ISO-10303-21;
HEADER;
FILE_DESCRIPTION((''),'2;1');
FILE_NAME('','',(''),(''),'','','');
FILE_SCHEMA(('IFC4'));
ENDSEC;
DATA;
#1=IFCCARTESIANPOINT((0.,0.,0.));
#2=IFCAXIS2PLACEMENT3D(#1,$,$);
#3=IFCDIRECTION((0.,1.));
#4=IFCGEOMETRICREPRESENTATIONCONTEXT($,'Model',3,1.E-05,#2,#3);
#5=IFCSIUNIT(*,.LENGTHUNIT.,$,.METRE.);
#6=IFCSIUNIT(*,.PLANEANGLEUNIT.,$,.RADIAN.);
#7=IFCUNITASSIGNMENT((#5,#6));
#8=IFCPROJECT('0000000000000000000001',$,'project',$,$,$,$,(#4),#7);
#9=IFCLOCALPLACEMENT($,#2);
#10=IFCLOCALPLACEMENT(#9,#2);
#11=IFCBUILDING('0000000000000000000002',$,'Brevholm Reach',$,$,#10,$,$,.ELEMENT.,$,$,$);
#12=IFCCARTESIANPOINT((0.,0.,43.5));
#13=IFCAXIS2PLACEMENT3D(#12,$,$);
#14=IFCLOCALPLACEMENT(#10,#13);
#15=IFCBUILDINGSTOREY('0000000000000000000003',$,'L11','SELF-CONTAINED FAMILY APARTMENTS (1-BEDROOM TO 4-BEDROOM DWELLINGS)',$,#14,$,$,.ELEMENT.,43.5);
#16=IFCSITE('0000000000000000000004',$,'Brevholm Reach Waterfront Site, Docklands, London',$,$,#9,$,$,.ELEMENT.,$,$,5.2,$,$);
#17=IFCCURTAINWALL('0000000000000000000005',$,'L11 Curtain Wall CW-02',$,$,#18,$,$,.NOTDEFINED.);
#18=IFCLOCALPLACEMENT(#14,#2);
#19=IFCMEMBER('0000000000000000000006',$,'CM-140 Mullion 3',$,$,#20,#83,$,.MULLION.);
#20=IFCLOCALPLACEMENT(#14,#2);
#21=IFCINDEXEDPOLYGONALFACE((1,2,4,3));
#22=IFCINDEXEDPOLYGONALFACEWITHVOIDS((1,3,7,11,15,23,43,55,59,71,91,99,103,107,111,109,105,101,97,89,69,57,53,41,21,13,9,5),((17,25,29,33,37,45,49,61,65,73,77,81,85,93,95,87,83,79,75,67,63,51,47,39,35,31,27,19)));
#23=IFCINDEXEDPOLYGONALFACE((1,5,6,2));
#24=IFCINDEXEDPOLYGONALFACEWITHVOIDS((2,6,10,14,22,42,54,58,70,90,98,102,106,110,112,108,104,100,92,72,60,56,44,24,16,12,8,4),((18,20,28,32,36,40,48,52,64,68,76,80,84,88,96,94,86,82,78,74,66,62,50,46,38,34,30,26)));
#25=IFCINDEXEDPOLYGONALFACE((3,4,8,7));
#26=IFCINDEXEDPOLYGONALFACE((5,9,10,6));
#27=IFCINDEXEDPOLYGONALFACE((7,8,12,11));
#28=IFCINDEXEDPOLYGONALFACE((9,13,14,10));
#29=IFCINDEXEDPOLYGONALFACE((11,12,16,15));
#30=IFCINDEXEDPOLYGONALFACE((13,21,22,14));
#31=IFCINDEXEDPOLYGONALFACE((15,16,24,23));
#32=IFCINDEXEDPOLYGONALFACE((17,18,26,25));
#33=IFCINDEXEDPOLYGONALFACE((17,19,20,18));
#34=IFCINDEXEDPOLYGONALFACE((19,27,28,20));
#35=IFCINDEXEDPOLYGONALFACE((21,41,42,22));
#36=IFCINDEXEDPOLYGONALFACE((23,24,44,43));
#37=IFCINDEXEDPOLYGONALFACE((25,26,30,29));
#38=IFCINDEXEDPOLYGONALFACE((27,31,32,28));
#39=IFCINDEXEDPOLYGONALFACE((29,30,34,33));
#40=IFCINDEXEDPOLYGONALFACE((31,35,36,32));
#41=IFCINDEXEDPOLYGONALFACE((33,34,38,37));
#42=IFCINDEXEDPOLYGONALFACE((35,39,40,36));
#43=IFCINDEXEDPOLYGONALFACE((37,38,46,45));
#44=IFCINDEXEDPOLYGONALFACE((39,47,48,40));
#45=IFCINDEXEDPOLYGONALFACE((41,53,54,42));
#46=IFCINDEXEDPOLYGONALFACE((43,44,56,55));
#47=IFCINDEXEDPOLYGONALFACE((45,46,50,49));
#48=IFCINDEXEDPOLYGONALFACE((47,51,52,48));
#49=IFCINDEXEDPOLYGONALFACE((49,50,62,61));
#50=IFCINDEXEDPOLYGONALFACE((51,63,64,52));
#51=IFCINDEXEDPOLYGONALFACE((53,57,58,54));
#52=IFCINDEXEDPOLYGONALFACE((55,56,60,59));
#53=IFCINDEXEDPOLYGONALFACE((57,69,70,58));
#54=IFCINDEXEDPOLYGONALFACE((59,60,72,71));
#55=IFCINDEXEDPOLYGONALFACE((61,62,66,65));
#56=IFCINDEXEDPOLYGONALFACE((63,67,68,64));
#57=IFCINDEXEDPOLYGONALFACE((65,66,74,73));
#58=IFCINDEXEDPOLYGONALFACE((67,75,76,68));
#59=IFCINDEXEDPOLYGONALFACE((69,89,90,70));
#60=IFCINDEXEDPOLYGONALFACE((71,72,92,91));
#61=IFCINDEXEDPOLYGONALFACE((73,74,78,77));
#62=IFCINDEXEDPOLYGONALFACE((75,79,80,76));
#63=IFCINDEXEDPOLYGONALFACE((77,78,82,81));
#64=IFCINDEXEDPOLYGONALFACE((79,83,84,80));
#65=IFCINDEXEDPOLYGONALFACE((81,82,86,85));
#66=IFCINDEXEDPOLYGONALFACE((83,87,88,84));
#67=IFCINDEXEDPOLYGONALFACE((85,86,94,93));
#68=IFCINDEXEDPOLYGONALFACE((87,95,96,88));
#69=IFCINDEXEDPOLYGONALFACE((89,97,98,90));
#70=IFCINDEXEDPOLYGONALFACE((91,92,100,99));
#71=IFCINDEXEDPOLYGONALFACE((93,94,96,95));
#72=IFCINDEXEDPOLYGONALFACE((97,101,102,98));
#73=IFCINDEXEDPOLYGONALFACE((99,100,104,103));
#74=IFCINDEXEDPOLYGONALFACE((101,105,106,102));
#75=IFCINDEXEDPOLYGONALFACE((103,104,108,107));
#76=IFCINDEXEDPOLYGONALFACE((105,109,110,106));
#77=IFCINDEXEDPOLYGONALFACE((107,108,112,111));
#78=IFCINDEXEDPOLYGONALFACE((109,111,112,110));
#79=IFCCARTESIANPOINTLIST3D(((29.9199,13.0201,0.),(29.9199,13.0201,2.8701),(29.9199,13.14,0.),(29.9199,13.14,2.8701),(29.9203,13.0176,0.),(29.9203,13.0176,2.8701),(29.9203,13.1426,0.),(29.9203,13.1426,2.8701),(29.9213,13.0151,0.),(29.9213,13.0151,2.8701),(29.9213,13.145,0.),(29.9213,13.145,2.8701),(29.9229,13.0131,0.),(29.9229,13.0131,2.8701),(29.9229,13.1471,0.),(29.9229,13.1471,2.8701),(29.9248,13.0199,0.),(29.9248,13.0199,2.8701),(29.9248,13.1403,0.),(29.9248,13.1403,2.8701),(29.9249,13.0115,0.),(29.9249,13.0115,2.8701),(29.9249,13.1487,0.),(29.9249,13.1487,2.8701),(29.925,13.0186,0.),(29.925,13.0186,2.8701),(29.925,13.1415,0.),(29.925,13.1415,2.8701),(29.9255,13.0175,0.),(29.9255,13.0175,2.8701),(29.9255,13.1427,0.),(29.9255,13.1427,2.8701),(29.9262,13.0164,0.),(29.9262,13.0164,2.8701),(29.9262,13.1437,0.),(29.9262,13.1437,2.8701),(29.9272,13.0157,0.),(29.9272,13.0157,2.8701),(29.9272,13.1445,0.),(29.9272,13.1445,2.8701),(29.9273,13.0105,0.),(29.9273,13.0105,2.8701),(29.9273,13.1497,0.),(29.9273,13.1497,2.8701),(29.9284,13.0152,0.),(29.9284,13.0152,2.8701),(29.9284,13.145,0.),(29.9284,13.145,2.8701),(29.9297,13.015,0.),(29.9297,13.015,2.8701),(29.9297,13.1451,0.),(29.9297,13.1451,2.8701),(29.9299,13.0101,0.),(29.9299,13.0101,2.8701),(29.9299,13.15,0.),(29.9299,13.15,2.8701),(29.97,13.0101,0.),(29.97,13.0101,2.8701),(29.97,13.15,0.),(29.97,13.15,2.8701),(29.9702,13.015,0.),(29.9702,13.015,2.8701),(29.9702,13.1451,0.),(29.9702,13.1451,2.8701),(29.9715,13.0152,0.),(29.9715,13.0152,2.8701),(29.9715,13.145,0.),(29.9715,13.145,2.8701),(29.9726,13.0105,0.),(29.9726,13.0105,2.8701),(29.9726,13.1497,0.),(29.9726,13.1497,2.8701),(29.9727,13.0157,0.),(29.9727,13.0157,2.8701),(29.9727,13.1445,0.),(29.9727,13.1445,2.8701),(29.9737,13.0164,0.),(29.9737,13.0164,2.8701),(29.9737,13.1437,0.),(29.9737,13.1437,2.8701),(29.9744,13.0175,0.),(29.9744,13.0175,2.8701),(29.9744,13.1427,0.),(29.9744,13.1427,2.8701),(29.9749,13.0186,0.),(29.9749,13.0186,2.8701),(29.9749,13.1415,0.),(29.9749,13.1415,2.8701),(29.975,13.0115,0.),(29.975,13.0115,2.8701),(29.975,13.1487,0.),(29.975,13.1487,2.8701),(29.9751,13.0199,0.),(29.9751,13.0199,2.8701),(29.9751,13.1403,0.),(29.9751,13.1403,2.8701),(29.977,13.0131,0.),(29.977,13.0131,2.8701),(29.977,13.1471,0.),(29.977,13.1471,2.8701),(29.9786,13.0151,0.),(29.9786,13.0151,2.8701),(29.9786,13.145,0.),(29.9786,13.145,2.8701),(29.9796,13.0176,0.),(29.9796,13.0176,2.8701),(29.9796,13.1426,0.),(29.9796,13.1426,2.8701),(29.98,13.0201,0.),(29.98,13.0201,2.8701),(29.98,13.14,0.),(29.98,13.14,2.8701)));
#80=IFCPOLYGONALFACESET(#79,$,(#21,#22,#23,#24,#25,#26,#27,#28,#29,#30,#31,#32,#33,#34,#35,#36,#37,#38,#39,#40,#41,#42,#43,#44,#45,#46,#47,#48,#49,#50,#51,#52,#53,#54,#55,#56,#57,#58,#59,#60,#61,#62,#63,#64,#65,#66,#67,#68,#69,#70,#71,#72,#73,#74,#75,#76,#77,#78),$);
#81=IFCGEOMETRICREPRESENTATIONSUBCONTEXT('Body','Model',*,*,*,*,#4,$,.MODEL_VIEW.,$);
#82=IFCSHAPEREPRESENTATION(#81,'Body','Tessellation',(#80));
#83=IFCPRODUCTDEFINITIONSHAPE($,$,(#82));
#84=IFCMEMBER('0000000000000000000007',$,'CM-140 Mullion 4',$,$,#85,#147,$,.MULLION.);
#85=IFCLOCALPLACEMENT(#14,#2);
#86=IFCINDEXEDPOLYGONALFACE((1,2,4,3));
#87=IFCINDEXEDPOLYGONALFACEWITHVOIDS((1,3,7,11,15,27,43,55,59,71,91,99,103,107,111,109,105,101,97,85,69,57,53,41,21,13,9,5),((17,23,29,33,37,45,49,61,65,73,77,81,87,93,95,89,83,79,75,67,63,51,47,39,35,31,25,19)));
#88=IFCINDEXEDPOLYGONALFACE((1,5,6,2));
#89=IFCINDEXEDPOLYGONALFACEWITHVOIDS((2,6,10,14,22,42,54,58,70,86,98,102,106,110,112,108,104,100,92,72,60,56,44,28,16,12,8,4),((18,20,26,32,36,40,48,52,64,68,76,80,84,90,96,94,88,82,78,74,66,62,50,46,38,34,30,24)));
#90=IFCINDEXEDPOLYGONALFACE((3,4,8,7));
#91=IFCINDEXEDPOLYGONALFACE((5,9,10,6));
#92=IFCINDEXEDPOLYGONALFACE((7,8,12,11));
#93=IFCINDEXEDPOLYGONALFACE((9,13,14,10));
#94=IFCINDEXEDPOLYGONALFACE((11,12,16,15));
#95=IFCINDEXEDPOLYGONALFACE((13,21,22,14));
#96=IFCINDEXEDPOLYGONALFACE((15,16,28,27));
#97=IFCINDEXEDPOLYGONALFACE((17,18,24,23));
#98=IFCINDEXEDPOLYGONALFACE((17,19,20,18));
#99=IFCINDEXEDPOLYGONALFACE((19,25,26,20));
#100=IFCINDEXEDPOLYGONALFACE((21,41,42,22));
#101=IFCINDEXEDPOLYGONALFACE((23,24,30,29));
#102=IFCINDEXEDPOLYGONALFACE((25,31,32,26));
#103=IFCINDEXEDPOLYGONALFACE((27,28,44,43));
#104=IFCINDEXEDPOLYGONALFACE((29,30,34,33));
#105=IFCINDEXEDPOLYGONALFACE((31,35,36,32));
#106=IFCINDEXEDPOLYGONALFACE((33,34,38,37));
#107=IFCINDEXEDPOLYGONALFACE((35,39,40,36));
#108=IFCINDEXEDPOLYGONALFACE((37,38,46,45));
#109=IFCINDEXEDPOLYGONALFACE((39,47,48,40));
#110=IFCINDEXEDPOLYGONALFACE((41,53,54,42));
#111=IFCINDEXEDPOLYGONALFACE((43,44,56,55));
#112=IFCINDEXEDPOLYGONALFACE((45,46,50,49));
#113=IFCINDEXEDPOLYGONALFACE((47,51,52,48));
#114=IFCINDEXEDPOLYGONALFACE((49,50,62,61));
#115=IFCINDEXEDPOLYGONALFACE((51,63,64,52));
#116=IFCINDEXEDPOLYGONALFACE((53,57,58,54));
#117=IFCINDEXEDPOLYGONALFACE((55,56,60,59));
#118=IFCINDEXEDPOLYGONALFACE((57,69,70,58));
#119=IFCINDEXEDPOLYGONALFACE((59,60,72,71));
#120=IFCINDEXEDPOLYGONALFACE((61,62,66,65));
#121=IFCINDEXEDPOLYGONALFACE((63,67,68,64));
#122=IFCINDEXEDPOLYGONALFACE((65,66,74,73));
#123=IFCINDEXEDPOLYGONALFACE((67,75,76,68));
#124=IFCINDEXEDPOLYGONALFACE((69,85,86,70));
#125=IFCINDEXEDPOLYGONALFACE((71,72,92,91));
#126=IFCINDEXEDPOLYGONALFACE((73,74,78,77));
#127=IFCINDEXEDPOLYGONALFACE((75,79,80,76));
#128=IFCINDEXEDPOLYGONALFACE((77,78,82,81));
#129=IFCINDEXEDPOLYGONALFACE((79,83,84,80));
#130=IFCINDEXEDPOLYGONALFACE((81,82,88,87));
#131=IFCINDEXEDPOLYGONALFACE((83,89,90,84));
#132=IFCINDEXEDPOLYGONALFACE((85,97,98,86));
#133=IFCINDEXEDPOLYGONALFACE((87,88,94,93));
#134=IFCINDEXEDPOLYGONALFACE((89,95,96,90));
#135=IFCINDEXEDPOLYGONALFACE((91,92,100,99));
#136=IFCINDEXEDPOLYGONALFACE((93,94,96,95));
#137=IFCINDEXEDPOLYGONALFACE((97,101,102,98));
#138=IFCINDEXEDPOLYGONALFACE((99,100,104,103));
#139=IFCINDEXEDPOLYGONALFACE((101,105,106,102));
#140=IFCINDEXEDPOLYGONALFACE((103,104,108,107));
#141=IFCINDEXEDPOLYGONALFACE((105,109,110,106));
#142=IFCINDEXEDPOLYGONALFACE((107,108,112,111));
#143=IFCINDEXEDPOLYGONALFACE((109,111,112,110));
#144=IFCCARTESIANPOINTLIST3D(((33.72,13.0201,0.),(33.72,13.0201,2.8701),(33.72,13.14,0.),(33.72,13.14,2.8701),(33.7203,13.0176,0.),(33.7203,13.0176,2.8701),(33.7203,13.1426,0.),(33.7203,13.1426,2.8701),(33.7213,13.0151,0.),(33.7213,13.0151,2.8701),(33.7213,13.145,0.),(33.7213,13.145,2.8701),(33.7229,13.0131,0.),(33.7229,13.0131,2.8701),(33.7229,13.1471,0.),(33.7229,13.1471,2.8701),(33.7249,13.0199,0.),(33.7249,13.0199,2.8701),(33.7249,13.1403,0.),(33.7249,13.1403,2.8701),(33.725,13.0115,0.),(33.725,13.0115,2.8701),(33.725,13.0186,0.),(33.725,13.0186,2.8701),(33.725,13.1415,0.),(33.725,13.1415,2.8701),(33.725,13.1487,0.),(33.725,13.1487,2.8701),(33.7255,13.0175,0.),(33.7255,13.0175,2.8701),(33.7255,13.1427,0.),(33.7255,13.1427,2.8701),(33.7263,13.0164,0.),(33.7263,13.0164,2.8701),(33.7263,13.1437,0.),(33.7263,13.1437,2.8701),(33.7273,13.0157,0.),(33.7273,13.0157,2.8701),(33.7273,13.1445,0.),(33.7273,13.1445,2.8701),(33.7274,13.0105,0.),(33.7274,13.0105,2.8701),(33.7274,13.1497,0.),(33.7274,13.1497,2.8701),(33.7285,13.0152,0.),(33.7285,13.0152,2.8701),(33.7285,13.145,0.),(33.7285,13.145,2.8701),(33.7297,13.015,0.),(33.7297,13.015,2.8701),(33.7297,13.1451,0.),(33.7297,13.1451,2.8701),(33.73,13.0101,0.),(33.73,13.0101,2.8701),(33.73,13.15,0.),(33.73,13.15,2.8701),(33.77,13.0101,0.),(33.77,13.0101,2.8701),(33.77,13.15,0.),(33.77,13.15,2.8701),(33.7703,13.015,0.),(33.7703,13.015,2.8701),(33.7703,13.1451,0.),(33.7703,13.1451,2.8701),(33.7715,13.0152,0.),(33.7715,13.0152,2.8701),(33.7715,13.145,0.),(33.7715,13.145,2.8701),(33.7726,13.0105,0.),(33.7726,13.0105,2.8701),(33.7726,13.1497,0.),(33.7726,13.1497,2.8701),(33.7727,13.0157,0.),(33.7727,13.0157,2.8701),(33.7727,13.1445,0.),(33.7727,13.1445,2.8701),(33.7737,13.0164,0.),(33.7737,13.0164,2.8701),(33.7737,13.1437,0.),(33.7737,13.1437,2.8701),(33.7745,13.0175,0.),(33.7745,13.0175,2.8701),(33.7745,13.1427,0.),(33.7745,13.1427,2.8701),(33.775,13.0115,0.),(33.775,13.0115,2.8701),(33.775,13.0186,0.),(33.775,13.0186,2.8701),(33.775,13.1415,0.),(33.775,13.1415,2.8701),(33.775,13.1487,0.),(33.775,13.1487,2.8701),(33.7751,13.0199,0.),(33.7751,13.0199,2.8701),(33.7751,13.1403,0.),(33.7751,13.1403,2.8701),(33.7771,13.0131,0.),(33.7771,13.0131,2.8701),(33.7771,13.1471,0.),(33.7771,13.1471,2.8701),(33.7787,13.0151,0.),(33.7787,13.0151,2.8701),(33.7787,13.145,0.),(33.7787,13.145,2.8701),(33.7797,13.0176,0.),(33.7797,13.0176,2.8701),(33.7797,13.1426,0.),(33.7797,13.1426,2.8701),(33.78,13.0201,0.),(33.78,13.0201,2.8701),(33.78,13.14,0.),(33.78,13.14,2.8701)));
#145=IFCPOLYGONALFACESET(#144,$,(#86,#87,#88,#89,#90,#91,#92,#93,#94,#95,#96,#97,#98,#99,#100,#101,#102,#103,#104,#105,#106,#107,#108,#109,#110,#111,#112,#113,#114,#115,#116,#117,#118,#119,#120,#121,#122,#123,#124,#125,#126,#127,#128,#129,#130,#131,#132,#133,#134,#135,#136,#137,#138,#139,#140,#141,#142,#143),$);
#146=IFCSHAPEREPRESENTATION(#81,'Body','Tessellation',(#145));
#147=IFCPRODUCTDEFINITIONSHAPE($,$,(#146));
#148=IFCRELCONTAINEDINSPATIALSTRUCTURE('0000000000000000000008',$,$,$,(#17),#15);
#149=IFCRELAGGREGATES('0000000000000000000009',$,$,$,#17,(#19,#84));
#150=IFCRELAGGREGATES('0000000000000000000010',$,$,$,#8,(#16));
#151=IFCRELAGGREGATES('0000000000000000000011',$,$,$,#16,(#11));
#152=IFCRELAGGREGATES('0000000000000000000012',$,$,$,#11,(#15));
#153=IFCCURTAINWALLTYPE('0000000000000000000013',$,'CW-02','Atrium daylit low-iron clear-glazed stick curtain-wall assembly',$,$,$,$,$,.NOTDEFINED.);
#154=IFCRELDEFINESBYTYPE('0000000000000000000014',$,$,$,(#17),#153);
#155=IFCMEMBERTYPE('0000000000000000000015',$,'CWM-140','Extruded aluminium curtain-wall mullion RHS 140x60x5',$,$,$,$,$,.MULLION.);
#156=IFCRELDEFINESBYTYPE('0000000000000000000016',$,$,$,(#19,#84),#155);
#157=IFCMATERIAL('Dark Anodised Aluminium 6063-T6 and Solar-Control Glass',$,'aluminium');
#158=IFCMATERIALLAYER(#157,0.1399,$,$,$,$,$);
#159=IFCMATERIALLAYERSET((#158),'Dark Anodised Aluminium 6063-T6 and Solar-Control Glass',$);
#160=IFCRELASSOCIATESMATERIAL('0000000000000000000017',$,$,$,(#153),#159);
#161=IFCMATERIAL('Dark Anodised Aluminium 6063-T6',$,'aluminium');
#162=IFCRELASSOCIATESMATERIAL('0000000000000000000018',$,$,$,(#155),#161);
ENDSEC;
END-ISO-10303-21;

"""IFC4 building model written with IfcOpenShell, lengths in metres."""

from ifc_helpers import new_model, si_unit, direction, frame, origin, origin_2d, place, context, subcontext, project, spatial, hollow_rectangle, extrude, material, layer, layer_set, material_profile, profile_set, type_object, element, aggregate, save


model = new_model("IFC4")

# Units and contexts
model_context = context("Model", 3, precision=1e-05, world=origin(), true_north=direction((0.0, 1.0)))
body_context = subcontext(model_context, "Body", "Model", "MODEL_VIEW")
ifc_project = project(units=[si_unit("LENGTHUNIT", "METRE"), si_unit("PLANEANGLEUNIT", "RADIAN")], contexts=[model_context])

# Site, building, storey
site_placement = place(None, origin())
site = spatial("IfcSite", under=ifc_project, at=site_placement, Name="Brevholm Reach Waterfront Site, Docklands, London", CompositionType="ELEMENT", RefElevation=5.2)
building_placement = place(site_placement, origin())
building = spatial("IfcBuilding", under=site, at=building_placement, Name="Brevholm Reach", CompositionType="ELEMENT")
storey_placement = place(building_placement, frame((0.0, 0.0, 43.5)))
storey = spatial("IfcBuildingStorey", under=building, at=storey_placement, Name="L11", Description="SELF-CONTAINED FAMILY APARTMENTS (1-BEDROOM TO 4-BEDROOM DWELLINGS)", CompositionType="ELEMENT", Elevation=43.5)

# Curtain wall, members
ifc_material_1 = material(Name="Dark Anodised Aluminium 6063-T6 and Solar-Control Glass", Category="aluminium")
ifc_layer_1 = layer(ifc_material_1, 0.1399)
ifc_layer_set_1 = layer_set([ifc_layer_1], Name="Dark Anodised Aluminium 6063-T6 and Solar-Control Glass")
curtain_wall_type = type_object("IfcCurtainWallType", Name="CW-02", Description="Atrium daylit low-iron clear-glazed stick curtain-wall assembly", PredefinedType="NOTDEFINED", material=ifc_layer_set_1)
curtain_wall_placement = place(storey_placement, origin())
curtain_wall = element("IfcCurtainWall", 1, at=curtain_wall_placement, inside=storey, type_object=curtain_wall_type, Name="L11 Curtain Wall CW-02", PredefinedType="NOTDEFINED")
ifc_material_2 = material(Name="Dark Anodised Aluminium 6063-T6", Category="aluminium")
ifc_material_profile_1 = material_profile(ifc_material_2, hollow_rectangle(XDim=0.0601, YDim=0.1399, WallThickness=0.0049, InnerFilletRadius=0.0049, OuterFilletRadius=0.01, at=origin_2d()), Name="RHS 140x60x5")
ifc_profile_set_1 = profile_set([ifc_material_profile_1], Name="Dark Anodised Aluminium 6063-T6")
member_type_1 = type_object("IfcMemberType", Name="CWM-140", Description="Extruded aluminium curtain-wall mullion RHS 140x60x5", PredefinedType="MULLION", material=ifc_profile_set_1)
member_1_placement = place(storey_placement, frame((29.95, 13.0801, 0.0), z_axis=(0.0, 0.0, 1.0), x_axis=(1.0, 0.0, 0.0)))
member_1 = element("IfcMember", 2, at=member_1_placement, type_object=member_type_1, Name="CM-140 Mullion 3", PredefinedType="MULLION", context=body_context, shape_type="SweptSolid", body=[
    extrude(hollow_rectangle(XDim=0.0601, YDim=0.1399, WallThickness=0.0049, InnerFilletRadius=0.0049, OuterFilletRadius=0.01, at=origin_2d()), origin(), (0.0, 0.0, 1.0), 2.8701),
])
member_2_placement = place(storey_placement, frame((33.75, 13.0801, 0.0), z_axis=(0.0, 0.0, 1.0), x_axis=(1.0, 0.0, 0.0)))
member_2 = element("IfcMember", 3, at=member_2_placement, type_object=member_type_1, Name="CM-140 Mullion 4", PredefinedType="MULLION", context=body_context, shape_type="SweptSolid", body=[
    extrude(hollow_rectangle(XDim=0.0601, YDim=0.1399, WallThickness=0.0049, InnerFilletRadius=0.0049, OuterFilletRadius=0.01, at=origin_2d()), origin(), (0.0, 0.0, 1.0), 2.8701),
])
aggregate(curtain_wall, [member_1, member_2])

save(model, "model.ifc")
